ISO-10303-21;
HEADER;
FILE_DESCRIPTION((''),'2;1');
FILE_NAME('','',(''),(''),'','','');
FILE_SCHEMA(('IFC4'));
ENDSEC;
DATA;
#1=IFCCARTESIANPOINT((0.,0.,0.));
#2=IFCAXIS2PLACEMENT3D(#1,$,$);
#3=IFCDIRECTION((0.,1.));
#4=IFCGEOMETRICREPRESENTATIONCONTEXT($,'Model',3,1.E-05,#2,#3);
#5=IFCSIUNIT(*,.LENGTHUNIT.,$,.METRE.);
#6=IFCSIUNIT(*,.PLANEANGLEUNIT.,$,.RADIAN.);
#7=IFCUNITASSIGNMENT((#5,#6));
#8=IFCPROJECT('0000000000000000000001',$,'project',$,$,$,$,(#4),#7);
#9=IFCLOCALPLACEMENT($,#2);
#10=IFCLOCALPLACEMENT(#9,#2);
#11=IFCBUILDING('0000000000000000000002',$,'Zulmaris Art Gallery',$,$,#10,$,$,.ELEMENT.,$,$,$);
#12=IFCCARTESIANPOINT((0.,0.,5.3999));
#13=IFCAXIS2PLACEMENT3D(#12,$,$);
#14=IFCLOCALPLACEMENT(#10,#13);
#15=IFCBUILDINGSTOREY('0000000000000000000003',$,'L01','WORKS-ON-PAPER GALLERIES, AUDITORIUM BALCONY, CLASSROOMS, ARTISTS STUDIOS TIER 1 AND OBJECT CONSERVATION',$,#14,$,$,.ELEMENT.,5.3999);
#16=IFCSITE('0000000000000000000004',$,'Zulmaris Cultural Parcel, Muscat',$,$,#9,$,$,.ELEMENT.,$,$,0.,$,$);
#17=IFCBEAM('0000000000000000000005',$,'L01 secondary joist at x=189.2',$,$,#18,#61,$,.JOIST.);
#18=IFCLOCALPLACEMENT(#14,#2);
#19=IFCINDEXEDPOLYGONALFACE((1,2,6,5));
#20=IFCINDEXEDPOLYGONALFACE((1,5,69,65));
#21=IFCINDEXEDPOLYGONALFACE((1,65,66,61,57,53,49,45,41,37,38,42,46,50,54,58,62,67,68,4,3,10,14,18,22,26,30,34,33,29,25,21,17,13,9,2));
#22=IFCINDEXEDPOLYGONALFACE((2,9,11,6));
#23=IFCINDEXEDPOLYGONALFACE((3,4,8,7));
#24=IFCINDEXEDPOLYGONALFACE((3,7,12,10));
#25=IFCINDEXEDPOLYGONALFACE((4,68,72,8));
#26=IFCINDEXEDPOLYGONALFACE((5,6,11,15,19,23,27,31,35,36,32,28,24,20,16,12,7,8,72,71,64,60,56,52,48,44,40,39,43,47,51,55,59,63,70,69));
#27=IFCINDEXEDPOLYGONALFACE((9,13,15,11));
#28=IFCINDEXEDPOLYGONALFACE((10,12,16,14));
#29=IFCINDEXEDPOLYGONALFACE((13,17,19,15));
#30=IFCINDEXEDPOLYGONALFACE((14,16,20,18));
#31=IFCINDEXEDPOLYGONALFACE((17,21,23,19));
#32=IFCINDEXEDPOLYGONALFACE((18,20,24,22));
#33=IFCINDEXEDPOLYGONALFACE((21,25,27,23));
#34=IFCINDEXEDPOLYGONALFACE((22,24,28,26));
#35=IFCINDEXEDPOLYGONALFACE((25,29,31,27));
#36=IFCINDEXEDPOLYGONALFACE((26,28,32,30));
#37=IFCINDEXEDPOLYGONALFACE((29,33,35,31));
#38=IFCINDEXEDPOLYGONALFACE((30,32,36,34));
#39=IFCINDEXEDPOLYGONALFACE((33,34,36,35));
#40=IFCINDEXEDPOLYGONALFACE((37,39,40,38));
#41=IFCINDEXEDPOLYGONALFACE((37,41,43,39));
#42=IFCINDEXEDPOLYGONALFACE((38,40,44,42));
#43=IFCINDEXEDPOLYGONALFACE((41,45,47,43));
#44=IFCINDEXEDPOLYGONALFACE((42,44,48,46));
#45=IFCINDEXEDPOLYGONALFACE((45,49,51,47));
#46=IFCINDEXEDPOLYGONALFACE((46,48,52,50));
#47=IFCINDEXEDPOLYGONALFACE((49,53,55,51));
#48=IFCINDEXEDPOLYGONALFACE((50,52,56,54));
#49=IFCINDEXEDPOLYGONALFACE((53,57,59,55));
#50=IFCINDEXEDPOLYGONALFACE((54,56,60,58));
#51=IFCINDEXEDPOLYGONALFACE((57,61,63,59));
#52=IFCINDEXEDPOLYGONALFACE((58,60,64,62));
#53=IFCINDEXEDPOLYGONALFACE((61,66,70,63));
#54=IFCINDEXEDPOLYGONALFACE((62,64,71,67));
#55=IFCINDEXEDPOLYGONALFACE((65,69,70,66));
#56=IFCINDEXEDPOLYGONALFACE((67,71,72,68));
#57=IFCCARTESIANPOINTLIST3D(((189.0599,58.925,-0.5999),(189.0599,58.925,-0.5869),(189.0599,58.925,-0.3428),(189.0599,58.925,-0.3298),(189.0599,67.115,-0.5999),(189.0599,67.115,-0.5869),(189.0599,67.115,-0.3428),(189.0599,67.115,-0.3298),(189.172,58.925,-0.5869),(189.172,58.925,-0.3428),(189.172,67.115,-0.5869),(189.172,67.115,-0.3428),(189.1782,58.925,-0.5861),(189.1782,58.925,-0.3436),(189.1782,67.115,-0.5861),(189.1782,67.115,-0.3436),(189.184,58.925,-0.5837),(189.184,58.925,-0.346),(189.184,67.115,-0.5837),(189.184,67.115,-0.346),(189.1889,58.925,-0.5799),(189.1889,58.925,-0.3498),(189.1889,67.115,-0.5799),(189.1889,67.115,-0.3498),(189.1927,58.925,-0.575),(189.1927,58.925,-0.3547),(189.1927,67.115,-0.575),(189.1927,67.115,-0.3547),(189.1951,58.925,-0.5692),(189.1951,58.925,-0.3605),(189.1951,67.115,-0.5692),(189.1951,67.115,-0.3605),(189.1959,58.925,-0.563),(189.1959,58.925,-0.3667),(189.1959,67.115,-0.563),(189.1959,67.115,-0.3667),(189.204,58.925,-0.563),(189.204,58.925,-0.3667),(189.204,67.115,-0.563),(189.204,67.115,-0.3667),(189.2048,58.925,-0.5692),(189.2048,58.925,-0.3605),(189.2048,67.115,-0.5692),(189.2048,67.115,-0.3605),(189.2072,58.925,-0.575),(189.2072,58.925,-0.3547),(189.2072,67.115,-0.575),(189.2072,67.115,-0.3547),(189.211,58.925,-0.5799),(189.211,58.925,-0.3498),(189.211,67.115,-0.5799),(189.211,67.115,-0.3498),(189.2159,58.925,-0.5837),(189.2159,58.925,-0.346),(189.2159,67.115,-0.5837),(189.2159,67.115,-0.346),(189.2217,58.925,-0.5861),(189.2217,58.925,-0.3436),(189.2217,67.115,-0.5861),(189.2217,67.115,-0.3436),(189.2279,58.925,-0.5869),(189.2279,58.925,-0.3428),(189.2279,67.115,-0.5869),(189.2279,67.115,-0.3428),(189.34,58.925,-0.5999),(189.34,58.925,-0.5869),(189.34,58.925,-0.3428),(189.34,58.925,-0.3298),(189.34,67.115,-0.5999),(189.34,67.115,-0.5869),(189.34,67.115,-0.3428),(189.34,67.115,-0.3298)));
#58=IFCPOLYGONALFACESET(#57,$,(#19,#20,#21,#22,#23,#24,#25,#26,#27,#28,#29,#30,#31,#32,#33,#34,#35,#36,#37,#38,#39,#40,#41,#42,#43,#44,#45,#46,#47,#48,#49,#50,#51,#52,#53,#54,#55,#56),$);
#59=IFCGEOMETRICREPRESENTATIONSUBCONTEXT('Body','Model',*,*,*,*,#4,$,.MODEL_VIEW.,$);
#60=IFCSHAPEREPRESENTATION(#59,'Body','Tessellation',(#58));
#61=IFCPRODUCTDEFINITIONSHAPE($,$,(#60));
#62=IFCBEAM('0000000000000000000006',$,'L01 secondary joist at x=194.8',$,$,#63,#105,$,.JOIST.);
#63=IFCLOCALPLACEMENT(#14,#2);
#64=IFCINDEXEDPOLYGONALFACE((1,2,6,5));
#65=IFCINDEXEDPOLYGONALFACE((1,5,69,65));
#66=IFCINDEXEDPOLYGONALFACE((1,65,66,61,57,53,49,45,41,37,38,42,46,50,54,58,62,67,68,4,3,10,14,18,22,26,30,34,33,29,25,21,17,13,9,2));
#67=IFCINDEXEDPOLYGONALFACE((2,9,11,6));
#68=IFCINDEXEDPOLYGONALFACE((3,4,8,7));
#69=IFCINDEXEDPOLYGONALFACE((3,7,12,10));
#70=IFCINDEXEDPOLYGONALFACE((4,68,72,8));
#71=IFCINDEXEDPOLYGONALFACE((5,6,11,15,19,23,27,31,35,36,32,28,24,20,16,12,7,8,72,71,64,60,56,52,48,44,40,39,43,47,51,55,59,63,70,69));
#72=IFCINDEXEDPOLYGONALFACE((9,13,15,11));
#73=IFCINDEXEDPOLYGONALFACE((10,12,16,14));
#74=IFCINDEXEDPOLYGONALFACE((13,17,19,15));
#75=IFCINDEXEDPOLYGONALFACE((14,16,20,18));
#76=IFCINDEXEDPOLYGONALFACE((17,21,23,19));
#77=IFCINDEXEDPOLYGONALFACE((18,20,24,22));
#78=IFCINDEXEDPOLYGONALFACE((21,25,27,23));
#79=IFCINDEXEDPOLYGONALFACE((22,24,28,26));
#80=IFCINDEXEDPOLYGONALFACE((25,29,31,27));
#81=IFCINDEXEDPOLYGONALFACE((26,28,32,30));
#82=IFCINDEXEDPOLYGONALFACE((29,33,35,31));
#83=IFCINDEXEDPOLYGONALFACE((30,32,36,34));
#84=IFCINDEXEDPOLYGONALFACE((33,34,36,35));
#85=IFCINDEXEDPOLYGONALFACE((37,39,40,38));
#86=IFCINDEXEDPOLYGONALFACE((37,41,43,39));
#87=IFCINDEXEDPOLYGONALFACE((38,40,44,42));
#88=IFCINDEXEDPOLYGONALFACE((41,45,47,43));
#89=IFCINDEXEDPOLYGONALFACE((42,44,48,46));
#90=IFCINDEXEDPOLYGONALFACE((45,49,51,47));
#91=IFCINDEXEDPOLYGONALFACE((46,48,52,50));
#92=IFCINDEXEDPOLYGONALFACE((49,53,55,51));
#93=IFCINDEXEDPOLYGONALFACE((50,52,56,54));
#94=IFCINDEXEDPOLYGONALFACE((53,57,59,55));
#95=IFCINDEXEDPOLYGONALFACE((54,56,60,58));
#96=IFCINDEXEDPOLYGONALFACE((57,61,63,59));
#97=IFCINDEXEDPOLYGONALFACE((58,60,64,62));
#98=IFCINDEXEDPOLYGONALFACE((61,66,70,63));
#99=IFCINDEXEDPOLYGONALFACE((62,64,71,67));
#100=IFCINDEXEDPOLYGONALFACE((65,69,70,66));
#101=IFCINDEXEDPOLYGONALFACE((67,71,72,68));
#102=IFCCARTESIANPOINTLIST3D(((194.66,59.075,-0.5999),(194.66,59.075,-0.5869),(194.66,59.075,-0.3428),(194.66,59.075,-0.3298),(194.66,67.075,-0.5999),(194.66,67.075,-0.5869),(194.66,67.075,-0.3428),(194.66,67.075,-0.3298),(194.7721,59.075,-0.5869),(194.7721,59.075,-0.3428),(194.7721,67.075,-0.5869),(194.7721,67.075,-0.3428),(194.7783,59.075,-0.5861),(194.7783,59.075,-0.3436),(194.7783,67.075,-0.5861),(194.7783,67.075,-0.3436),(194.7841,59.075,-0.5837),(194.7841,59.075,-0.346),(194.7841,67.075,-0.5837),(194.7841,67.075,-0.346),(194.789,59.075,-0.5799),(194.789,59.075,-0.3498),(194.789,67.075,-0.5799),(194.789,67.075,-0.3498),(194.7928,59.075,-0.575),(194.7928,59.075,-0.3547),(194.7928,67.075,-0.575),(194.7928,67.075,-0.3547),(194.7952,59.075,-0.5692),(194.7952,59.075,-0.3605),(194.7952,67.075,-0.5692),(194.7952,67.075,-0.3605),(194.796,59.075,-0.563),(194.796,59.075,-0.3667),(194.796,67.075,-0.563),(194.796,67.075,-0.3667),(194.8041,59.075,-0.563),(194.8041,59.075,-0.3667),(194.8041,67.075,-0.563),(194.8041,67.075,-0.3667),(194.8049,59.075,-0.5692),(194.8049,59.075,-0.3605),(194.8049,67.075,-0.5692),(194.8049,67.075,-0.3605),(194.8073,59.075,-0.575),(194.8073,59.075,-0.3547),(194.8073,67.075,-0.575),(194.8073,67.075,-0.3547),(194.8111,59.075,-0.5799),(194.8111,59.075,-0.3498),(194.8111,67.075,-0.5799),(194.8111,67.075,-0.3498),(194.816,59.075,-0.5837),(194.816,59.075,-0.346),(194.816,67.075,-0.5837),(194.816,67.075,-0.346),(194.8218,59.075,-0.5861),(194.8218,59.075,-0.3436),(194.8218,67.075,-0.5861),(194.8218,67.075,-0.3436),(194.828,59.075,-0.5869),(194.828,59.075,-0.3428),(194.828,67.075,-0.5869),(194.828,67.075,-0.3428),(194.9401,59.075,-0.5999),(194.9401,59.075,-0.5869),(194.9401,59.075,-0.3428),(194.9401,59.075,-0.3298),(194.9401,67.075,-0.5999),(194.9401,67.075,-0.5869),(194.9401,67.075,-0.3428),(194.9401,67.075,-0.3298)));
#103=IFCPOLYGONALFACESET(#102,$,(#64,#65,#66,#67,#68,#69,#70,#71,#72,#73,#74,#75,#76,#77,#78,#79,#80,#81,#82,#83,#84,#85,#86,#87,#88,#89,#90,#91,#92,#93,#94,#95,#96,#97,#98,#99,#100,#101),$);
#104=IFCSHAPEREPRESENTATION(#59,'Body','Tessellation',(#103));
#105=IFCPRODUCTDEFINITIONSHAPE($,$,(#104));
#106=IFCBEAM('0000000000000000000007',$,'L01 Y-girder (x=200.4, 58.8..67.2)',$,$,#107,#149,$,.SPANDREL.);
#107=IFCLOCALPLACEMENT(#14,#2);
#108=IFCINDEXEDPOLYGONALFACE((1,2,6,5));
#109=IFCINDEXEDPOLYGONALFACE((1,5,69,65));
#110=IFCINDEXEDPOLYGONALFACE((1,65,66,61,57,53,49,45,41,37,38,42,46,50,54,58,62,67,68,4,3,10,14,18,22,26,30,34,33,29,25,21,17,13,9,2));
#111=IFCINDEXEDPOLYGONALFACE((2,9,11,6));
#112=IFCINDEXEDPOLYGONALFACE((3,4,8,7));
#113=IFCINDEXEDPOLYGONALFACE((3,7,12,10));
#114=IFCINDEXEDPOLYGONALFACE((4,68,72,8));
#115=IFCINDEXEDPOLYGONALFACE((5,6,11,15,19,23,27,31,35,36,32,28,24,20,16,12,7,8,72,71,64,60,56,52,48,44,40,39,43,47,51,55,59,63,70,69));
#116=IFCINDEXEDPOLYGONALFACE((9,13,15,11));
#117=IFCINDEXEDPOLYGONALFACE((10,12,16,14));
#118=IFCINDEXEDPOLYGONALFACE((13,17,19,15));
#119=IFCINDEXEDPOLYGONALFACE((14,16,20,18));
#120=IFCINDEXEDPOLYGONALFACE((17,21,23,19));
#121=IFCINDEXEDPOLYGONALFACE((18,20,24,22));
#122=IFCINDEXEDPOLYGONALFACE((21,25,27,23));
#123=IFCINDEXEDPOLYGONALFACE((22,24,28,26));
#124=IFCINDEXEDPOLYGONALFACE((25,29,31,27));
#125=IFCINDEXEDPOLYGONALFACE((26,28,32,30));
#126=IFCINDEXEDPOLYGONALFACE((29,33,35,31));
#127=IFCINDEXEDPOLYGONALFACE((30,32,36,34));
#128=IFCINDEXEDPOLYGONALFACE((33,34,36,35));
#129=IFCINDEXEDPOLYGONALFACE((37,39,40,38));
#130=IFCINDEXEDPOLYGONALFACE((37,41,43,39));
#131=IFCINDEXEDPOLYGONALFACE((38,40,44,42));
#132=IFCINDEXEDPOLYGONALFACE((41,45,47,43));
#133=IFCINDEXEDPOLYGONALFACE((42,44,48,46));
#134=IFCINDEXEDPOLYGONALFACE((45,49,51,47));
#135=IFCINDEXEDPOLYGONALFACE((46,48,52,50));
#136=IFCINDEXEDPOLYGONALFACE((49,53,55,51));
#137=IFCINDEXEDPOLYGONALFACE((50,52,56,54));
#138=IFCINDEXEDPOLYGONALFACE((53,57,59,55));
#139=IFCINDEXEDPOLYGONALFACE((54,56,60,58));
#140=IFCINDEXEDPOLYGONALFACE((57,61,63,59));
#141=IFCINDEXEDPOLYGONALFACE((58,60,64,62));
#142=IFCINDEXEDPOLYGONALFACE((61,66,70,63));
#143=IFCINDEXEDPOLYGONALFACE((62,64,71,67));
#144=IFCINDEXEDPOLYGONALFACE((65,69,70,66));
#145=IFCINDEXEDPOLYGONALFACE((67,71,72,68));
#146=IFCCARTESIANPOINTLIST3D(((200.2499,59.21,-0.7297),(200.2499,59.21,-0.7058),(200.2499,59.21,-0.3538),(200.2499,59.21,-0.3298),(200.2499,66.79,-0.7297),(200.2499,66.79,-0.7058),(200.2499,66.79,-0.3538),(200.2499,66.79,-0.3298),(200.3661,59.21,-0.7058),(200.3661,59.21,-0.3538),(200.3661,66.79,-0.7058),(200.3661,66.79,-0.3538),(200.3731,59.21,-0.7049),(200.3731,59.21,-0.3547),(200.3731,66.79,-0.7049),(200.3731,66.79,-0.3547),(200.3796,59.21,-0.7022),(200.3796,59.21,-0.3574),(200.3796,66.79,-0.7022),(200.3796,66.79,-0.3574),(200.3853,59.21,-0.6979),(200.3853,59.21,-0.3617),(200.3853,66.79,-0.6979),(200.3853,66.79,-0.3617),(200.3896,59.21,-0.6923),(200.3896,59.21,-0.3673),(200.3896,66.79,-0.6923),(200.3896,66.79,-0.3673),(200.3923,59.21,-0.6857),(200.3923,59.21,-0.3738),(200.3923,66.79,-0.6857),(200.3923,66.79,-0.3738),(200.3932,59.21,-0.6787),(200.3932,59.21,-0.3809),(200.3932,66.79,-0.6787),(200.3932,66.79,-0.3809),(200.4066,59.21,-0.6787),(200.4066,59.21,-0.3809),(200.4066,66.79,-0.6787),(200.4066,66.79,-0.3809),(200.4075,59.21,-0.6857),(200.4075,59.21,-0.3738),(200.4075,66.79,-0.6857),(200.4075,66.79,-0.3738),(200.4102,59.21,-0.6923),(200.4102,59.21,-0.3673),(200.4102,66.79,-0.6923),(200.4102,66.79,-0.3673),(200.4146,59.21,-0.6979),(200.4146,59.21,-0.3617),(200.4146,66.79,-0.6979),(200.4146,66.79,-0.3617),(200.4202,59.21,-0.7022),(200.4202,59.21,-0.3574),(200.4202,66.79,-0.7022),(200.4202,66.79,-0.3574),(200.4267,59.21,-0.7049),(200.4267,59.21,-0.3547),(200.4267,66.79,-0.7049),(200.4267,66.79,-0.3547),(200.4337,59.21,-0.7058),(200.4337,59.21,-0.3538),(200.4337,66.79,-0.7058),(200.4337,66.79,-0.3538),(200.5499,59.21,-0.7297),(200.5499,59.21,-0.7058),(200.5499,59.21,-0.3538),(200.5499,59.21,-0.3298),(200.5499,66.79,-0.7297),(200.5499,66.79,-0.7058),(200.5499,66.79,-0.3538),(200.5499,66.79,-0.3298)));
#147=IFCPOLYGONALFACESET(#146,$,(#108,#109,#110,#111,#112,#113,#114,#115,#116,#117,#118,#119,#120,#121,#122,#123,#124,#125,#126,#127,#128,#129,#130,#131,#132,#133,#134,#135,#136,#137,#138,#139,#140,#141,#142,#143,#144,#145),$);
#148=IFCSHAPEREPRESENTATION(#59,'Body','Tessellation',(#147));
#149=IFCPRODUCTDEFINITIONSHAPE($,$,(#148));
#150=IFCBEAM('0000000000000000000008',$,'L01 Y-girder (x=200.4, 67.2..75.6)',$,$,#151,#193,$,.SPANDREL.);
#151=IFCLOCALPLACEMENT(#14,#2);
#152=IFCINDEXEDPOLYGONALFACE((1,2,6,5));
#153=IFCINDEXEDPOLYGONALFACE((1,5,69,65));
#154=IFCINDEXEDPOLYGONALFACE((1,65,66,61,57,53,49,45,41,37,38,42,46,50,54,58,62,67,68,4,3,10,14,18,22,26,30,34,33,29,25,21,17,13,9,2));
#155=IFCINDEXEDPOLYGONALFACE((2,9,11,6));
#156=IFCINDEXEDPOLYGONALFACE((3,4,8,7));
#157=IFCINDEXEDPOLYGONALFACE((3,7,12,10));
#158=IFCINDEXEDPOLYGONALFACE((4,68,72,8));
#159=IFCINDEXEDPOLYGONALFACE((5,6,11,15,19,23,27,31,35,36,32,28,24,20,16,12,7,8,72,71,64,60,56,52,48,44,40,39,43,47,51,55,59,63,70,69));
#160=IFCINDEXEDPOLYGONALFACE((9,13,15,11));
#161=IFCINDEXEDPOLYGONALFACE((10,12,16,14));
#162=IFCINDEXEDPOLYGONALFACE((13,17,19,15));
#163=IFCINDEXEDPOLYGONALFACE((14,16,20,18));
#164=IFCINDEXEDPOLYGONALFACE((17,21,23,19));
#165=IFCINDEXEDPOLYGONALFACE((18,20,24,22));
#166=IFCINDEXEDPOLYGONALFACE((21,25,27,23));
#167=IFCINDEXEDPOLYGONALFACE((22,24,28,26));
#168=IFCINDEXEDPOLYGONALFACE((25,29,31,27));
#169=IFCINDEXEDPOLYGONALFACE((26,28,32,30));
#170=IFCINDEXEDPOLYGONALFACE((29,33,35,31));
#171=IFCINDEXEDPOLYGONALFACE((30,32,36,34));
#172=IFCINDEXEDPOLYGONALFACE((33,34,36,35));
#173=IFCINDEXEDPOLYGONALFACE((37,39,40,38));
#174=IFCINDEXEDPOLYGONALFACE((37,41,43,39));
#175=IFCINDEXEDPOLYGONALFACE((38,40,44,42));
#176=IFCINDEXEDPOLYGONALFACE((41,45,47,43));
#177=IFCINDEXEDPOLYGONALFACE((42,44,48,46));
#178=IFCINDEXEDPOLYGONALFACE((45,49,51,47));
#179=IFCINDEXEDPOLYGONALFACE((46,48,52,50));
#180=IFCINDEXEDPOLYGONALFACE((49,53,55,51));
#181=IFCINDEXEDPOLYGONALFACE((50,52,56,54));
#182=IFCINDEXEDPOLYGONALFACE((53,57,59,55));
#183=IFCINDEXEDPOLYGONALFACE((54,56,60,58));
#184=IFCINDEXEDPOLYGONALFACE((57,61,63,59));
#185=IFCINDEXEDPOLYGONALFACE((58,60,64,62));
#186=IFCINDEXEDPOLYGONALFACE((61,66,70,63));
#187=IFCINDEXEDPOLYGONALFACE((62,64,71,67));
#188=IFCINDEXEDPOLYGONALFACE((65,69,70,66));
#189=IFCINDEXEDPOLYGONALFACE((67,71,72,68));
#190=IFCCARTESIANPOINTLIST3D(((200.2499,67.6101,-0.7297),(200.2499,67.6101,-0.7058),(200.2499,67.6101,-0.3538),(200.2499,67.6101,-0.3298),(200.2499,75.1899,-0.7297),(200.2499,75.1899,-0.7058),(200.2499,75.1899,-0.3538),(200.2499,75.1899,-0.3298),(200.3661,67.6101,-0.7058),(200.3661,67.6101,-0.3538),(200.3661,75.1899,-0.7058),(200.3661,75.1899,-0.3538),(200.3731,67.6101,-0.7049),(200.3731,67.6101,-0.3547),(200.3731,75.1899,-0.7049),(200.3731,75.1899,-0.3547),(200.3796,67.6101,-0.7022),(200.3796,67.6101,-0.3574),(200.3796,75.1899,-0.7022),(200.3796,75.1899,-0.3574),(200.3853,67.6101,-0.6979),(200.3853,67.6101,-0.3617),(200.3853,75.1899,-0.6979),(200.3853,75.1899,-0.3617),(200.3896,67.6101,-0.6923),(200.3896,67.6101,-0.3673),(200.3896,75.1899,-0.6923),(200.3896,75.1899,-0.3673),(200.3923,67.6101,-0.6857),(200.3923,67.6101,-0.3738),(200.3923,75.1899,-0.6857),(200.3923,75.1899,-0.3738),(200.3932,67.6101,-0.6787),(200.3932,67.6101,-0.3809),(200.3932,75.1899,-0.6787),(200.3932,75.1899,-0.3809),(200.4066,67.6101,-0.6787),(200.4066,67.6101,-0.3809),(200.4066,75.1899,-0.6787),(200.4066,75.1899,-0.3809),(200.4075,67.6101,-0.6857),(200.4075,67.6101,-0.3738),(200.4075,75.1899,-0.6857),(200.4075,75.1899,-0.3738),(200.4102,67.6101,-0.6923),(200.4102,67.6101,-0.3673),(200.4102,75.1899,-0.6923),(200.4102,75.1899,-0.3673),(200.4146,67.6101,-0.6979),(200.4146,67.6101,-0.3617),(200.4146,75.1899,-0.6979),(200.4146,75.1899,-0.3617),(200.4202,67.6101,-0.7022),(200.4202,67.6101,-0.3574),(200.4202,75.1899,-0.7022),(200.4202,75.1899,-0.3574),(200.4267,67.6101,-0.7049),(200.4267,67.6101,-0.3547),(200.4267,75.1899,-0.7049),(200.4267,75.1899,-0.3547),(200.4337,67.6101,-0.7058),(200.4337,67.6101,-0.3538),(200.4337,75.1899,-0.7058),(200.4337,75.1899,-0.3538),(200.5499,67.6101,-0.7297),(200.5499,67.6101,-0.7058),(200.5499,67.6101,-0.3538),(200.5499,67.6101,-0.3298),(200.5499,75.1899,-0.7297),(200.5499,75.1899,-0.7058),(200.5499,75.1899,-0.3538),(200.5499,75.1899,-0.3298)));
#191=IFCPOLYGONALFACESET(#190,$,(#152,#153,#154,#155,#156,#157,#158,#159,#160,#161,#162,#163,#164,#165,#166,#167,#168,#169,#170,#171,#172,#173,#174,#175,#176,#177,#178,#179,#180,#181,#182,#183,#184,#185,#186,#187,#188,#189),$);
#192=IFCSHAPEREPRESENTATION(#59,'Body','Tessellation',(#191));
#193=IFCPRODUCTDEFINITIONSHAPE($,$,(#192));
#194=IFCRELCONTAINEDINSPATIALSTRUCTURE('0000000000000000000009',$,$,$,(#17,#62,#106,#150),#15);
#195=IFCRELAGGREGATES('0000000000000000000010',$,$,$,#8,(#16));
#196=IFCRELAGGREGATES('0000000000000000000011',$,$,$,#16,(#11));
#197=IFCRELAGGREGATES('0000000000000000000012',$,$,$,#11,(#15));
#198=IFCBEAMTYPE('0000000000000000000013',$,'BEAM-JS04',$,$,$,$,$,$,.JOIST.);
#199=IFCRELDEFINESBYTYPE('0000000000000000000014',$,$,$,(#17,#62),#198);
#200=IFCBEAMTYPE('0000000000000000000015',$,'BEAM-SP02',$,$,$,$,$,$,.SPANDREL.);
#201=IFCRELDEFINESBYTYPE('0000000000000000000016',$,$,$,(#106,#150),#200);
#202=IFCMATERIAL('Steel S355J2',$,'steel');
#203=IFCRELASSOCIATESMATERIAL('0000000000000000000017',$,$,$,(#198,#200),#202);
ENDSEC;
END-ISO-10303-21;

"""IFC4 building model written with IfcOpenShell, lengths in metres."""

from ifc_helpers import new_model, si_unit, direction, frame, origin, origin_2d, place, context, subcontext, project, spatial, i_section, extrude, material, material_profile, profile_set, type_object, element, save


model = new_model("IFC4")

# Units and contexts
model_context = context("Model", 3, precision=1e-05, world=origin(), true_north=direction((0.0, 1.0)))
body_context = subcontext(model_context, "Body", "Model", "MODEL_VIEW")
ifc_project = project(units=[si_unit("LENGTHUNIT", "METRE"), si_unit("PLANEANGLEUNIT", "RADIAN")], contexts=[model_context])

# Site, building, storey
site_placement = place(None, origin())
site = spatial("IfcSite", under=ifc_project, at=site_placement, Name="Zulmaris Cultural Parcel, Muscat", CompositionType="ELEMENT", RefElevation=0.0)
building_placement = place(site_placement, origin())
building = spatial("IfcBuilding", under=site, at=building_placement, Name="Zulmaris Art Gallery", CompositionType="ELEMENT")
storey_placement = place(building_placement, frame((0.0, 0.0, 5.3999)))
storey = spatial("IfcBuildingStorey", under=building, at=storey_placement, Name="L01", Description="WORKS-ON-PAPER GALLERIES, AUDITORIUM BALCONY, CLASSROOMS, ARTISTS STUDIOS TIER 1 AND OBJECT CONSERVATION", CompositionType="ELEMENT", Elevation=5.3999)

# Beams
ifc_material_1 = material(Name="Steel S355J2", Category="steel")
ifc_material_profile_1 = material_profile(ifc_material_1, i_section(OverallWidth=0.28, OverallDepth=0.27, WebThickness=0.0081, FlangeThickness=0.0129, FilletRadius=0.0239, at=origin_2d()), Name="HEA 280")
ifc_profile_set_1 = profile_set([ifc_material_profile_1], Name="Steel S355J2")
beam_type_1 = type_object("IfcBeamType", Name="BEAM-JS04", PredefinedType="JOIST", material=ifc_profile_set_1)
beam_1_placement = place(storey_placement, frame((189.2, 58.925, -0.4648), z_axis=(0.0, 1.0, 0.0), x_axis=(-1.0, 0.0, 0.0)))
element("IfcBeam", 1, at=beam_1_placement, inside=storey, type_object=beam_type_1, Name="L01 secondary joist at x=189.2", PredefinedType="JOIST", context=body_context, shape_type="SweptSolid", body=[
    extrude(i_section(OverallWidth=0.28, OverallDepth=0.27, WebThickness=0.0081, FlangeThickness=0.0129, FilletRadius=0.0239, at=origin_2d()), origin(), (0.0, 0.0, 1.0), 8.1899),
])
beam_2_placement = place(storey_placement, frame((194.8, 59.075, -0.4648), z_axis=(0.0, 1.0, 0.0), x_axis=(-1.0, 0.0, 0.0)))
element("IfcBeam", 2, at=beam_2_placement, inside=storey, type_object=beam_type_1, Name="L01 secondary joist at x=194.8", PredefinedType="JOIST", context=body_context, shape_type="SweptSolid", body=[
    extrude(i_section(OverallWidth=0.28, OverallDepth=0.27, WebThickness=0.0081, FlangeThickness=0.0129, FilletRadius=0.0239, at=origin_2d()), origin(), (0.0, 0.0, 1.0), 8.0),
])
ifc_material_profile_2 = material_profile(ifc_material_1, i_section(OverallWidth=0.3, OverallDepth=0.3999, WebThickness=0.0134, FlangeThickness=0.0239, FilletRadius=0.0271, at=origin_2d()), Name="HEB 400")
ifc_profile_set_2 = profile_set([ifc_material_profile_2], Name="Steel S355J2")
beam_type_2 = type_object("IfcBeamType", Name="BEAM-SP02", PredefinedType="SPANDREL", material=ifc_profile_set_2)
beam_3_placement = place(storey_placement, frame((200.3999, 59.21, -0.5298), z_axis=(0.0, 1.0, 0.0), x_axis=(-1.0, 0.0, 0.0)))
element("IfcBeam", 3, at=beam_3_placement, inside=storey, type_object=beam_type_2, Name="L01 Y-girder (x=200.4, 58.8..67.2)", PredefinedType="SPANDREL", context=body_context, shape_type="SweptSolid", body=[
    extrude(i_section(OverallWidth=0.3, OverallDepth=0.3999, WebThickness=0.0134, FlangeThickness=0.0239, FilletRadius=0.0271, at=origin_2d()), origin(), (0.0, 0.0, 1.0), 7.5801),
])
beam_4_placement = place(storey_placement, frame((200.3999, 67.6101, -0.5298), z_axis=(0.0, 1.0, 0.0), x_axis=(-1.0, 0.0, 0.0)))
element("IfcBeam", 4, at=beam_4_placement, inside=storey, type_object=beam_type_2, Name="L01 Y-girder (x=200.4, 67.2..75.6)", PredefinedType="SPANDREL", context=body_context, shape_type="SweptSolid", body=[
    extrude(i_section(OverallWidth=0.3, OverallDepth=0.3999, WebThickness=0.0134, FlangeThickness=0.0239, FilletRadius=0.0271, at=origin_2d()), origin(), (0.0, 0.0, 1.0), 7.5798),
])

save(model, "model.ifc")
